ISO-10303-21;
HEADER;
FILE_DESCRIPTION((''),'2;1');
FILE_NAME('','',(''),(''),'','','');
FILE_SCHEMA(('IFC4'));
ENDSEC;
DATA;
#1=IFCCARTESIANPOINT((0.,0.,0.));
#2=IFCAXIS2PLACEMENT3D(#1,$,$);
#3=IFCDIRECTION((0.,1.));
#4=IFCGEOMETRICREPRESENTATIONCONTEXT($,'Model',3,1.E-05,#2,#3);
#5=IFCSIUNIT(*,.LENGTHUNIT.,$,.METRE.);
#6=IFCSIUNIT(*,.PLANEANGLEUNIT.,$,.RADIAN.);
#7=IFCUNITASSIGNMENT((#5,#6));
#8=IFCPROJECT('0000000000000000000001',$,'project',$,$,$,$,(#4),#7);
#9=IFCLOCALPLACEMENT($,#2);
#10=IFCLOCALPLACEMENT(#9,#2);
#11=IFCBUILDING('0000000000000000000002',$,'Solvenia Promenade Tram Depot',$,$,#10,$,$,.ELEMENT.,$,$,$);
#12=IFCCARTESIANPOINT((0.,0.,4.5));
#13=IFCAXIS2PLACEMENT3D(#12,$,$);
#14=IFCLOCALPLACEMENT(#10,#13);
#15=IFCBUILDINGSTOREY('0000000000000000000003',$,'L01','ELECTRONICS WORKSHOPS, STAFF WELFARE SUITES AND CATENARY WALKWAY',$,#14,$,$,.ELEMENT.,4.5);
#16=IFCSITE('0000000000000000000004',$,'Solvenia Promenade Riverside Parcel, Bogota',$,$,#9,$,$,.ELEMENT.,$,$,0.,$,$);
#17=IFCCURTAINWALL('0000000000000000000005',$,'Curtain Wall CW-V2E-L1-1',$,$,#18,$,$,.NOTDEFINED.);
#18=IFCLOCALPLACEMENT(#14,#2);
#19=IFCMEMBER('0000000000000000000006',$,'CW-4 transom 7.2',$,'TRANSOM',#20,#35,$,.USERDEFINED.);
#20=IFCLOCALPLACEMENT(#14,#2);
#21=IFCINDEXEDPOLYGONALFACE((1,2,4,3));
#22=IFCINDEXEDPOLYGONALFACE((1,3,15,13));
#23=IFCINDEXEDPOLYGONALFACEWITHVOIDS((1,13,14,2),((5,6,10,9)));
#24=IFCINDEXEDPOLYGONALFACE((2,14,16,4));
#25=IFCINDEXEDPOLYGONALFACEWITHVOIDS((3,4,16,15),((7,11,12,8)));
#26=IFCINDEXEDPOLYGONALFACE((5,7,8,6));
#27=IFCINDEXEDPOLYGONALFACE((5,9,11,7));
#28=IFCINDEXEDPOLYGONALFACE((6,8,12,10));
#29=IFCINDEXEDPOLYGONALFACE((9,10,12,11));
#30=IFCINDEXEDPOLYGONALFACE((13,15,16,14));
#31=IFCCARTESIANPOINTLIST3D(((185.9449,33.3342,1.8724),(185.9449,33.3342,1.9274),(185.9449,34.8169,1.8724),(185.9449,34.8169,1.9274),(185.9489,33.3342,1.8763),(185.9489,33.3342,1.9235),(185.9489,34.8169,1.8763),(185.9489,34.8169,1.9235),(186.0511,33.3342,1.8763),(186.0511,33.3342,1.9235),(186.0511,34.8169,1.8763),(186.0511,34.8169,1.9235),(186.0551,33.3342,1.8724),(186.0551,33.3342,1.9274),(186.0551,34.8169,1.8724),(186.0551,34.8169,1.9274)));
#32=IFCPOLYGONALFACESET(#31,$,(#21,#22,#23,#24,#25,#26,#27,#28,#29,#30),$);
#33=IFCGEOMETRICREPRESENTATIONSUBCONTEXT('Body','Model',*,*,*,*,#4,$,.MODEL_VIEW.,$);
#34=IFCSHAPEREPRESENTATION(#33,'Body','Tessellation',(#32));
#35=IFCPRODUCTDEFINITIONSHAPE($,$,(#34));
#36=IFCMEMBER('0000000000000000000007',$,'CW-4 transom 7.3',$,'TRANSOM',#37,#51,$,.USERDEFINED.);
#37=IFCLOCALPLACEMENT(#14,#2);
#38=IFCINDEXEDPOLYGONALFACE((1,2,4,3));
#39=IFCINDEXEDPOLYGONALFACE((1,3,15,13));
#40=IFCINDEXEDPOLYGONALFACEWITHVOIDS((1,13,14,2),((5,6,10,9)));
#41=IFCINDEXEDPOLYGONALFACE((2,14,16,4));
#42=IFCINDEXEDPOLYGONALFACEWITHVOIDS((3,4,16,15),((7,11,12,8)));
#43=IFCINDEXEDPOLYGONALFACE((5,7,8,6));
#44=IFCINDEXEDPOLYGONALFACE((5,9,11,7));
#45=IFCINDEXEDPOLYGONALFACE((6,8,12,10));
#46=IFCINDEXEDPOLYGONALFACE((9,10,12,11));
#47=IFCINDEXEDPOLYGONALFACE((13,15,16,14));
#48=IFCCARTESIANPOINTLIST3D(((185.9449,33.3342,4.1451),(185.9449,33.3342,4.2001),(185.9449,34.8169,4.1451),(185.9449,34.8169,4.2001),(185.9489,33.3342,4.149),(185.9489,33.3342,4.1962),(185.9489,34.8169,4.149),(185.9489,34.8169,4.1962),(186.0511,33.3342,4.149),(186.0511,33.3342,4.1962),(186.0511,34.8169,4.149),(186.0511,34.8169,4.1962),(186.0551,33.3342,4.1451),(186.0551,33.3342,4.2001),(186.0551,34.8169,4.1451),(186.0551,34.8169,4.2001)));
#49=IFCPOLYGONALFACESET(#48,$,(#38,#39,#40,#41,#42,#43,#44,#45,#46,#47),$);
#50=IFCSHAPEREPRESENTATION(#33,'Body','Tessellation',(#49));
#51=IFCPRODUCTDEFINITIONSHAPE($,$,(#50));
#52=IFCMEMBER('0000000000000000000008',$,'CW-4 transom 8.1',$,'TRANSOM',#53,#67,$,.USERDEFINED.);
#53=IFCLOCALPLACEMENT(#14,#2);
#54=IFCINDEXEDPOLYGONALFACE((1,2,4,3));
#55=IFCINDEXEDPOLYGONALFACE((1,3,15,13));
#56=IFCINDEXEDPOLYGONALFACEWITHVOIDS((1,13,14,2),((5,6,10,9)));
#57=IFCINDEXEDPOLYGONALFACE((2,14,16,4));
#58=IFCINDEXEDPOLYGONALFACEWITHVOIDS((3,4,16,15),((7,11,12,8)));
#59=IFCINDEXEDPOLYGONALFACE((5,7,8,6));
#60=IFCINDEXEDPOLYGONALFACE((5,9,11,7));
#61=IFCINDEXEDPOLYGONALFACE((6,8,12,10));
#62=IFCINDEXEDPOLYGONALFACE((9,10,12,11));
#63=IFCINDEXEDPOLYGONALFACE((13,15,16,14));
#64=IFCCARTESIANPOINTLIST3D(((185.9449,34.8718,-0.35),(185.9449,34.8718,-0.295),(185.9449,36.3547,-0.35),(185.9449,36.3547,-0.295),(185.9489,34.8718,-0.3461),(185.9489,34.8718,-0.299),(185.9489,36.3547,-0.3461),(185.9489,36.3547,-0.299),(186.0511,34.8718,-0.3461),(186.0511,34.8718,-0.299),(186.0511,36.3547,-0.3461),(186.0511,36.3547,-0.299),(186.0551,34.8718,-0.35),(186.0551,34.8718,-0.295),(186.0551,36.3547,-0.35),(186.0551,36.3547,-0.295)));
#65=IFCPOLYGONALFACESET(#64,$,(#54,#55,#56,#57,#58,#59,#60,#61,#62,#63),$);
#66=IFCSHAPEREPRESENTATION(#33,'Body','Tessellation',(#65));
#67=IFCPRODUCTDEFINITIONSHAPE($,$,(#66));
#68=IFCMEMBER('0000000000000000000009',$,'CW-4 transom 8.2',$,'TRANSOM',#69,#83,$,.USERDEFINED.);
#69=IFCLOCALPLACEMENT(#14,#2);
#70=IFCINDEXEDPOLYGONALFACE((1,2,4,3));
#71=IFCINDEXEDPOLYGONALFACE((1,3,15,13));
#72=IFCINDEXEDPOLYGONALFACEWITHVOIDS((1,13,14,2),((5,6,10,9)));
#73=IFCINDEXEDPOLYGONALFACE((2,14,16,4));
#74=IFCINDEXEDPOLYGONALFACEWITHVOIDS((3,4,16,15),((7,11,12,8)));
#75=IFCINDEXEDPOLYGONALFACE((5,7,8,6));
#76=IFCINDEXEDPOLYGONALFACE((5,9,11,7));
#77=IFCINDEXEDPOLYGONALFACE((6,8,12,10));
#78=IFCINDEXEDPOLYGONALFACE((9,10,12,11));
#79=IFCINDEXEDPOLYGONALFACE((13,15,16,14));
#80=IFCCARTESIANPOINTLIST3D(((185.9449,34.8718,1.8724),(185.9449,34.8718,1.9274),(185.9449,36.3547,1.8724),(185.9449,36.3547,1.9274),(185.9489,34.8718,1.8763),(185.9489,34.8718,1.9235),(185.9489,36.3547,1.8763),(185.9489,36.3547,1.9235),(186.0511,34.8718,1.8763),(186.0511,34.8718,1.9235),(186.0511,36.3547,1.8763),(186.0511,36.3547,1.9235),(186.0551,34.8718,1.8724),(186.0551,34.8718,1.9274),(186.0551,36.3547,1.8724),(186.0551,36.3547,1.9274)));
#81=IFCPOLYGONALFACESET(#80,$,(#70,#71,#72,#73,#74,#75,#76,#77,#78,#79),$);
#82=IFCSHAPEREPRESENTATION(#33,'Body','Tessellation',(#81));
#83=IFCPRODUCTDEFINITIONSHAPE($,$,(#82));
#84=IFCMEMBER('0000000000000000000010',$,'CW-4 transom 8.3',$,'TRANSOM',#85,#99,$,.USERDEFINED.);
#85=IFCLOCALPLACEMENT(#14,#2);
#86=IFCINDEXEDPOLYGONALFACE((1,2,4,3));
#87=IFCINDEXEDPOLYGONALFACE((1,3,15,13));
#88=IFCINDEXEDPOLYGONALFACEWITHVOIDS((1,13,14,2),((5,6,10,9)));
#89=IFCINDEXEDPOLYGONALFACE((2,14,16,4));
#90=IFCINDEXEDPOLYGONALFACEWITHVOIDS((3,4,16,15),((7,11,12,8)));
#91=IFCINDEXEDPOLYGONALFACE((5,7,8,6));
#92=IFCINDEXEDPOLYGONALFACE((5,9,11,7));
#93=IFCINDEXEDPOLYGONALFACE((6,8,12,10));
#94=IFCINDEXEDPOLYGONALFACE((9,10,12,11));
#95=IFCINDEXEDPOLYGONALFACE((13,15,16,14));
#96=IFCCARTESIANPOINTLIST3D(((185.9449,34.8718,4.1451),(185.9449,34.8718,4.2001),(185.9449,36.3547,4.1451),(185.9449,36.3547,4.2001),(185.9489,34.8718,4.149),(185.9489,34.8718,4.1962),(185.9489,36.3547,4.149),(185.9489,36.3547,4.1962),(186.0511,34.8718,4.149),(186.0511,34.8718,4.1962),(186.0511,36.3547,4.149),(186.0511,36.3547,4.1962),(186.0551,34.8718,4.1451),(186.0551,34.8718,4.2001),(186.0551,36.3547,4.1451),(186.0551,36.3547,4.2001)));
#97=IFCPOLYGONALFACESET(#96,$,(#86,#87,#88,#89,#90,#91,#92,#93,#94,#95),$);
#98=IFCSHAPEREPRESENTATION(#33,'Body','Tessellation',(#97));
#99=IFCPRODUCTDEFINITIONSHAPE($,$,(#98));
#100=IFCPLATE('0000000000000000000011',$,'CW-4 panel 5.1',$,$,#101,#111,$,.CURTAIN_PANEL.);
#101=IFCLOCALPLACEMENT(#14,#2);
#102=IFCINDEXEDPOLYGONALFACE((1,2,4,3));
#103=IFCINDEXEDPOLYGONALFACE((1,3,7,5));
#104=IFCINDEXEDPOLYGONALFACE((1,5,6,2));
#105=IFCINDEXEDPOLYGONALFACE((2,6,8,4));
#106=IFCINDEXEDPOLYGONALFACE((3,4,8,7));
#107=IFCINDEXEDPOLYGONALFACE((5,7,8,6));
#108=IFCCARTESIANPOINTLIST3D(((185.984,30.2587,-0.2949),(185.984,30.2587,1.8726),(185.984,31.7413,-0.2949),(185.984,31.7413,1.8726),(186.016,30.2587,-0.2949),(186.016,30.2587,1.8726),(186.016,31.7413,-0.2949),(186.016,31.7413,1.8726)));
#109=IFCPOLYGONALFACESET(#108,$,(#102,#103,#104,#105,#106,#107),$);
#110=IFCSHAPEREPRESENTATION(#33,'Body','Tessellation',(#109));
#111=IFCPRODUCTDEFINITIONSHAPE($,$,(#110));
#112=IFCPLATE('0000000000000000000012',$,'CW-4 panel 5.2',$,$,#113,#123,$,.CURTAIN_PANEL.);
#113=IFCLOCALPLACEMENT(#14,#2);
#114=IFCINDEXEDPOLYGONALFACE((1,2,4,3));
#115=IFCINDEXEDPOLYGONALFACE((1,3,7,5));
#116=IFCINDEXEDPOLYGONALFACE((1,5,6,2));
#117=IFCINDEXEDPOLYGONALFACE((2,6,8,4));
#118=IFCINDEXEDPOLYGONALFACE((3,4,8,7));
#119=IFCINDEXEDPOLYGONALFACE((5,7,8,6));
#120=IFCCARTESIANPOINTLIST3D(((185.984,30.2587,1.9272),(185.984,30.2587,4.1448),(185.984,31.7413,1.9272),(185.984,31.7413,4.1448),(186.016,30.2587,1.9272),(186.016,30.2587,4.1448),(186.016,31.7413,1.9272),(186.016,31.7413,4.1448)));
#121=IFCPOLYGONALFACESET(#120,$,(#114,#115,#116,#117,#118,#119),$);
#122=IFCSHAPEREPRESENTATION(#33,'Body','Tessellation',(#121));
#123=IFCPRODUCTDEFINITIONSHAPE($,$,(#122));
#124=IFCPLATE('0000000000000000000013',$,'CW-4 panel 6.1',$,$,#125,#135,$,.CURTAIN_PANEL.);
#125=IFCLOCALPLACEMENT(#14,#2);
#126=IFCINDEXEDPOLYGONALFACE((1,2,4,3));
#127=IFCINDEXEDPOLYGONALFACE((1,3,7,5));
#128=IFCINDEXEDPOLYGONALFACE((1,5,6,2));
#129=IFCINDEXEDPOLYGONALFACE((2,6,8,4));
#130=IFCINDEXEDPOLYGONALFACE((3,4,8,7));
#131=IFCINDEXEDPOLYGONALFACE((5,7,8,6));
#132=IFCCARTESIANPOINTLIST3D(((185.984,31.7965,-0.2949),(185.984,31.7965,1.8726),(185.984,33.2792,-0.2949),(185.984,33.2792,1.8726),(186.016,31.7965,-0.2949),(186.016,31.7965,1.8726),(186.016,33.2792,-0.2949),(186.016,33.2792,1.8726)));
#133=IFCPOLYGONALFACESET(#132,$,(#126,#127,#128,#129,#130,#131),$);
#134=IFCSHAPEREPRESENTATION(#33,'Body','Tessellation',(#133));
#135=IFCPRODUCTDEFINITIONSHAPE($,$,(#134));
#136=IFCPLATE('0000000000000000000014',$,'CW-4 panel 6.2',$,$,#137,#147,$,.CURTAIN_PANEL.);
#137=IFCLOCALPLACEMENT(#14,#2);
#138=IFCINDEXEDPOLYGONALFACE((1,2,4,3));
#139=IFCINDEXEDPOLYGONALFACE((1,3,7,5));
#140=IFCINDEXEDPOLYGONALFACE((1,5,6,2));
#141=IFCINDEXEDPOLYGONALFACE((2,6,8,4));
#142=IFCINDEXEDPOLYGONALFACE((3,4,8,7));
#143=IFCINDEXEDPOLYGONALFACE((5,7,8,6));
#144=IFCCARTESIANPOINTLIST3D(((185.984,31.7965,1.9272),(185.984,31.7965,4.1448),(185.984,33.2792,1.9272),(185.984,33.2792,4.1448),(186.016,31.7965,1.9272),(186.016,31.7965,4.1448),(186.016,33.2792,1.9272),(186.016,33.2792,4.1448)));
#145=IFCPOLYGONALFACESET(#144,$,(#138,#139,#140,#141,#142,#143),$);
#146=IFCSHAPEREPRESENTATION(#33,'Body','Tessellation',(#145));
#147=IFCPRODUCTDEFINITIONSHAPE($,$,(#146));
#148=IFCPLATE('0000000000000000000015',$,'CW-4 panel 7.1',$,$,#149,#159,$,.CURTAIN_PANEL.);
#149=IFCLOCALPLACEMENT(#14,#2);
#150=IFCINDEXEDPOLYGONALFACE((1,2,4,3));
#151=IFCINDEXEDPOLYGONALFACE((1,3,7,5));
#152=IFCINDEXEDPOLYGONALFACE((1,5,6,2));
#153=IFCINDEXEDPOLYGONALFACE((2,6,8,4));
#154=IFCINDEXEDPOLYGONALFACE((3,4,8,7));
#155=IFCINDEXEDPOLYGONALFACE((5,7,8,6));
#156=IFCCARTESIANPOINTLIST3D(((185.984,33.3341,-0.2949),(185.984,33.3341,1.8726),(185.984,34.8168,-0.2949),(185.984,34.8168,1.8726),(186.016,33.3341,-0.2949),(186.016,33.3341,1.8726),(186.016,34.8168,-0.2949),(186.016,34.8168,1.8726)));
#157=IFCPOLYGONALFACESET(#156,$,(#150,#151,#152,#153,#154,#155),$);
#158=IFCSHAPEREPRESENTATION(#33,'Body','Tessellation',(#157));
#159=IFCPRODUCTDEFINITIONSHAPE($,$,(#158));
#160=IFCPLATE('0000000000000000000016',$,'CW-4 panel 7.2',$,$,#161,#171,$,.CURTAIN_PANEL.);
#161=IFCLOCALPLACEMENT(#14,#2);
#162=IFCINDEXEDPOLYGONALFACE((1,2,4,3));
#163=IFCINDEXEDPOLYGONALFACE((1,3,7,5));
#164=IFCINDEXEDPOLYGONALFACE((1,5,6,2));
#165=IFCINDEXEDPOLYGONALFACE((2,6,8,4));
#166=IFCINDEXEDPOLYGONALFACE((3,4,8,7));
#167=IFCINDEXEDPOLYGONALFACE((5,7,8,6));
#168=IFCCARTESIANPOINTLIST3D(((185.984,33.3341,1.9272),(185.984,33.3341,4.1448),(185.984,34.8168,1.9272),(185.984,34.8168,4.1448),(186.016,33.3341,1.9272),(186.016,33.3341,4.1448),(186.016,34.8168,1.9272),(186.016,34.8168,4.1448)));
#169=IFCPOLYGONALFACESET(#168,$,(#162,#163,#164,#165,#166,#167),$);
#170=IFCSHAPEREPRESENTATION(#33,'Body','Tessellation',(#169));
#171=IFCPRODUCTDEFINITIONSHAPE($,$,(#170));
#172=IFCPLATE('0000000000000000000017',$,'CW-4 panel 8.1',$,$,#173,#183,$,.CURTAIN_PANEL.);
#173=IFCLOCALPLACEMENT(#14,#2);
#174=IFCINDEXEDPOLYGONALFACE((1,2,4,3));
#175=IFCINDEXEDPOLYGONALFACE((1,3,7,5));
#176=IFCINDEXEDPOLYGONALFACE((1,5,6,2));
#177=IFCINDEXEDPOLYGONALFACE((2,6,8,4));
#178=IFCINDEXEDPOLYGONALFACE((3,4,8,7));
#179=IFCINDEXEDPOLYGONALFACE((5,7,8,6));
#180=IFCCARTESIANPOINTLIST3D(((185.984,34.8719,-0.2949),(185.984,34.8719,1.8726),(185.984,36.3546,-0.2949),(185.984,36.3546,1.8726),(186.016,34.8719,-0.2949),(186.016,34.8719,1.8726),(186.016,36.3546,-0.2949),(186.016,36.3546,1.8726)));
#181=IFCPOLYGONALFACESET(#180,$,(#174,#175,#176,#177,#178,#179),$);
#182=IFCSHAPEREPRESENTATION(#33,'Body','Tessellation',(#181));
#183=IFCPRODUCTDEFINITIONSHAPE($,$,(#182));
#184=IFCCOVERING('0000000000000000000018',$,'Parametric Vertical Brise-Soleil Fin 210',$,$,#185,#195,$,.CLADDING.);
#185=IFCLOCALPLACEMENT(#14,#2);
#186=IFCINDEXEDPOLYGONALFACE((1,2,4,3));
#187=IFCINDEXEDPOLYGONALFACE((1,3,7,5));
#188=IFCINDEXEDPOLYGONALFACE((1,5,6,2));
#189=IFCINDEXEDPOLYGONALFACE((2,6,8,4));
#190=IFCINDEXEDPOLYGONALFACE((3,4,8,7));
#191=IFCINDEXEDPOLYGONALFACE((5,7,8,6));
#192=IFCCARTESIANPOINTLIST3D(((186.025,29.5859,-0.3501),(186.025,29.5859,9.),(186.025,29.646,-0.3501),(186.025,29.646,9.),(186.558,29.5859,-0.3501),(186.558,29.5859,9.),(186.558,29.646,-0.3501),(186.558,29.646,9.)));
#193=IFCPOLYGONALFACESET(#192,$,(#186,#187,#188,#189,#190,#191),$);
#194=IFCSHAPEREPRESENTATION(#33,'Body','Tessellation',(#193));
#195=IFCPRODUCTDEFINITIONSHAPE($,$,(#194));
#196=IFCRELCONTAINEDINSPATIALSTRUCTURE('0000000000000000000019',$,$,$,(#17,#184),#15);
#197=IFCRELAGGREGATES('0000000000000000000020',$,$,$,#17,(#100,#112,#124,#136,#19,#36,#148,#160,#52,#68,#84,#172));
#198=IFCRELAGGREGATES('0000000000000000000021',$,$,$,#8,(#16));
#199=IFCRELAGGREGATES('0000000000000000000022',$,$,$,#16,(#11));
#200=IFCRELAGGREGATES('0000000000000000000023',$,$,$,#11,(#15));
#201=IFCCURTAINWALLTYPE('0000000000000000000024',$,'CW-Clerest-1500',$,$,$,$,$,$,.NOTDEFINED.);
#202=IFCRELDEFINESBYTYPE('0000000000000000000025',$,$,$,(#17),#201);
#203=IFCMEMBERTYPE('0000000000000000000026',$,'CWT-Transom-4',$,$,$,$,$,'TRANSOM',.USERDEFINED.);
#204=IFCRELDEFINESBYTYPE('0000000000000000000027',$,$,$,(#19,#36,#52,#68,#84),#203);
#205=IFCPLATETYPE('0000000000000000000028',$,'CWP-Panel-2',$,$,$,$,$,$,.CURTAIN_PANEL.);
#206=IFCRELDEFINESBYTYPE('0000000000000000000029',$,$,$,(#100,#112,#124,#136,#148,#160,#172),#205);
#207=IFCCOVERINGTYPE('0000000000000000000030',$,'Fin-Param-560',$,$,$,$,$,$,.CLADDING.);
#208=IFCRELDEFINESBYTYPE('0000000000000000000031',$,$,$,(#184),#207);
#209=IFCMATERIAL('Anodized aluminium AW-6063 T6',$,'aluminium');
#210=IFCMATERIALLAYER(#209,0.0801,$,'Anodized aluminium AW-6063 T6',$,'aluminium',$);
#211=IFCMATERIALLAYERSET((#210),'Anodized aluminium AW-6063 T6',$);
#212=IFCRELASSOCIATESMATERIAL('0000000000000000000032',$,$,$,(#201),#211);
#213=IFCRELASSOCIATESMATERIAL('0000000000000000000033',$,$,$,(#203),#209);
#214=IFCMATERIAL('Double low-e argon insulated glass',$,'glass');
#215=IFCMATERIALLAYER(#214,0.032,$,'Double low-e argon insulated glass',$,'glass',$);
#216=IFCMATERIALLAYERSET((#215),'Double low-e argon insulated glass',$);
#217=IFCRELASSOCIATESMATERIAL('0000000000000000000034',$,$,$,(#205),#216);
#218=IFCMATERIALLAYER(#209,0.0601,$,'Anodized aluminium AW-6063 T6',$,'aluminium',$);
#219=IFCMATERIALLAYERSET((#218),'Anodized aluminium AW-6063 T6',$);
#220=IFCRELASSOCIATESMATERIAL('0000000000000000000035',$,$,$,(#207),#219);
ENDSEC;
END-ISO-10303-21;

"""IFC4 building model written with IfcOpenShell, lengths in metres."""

from ifc_helpers import new_model, si_unit, direction, frame, origin, origin_2d, place, context, subcontext, project, spatial, rectangle, hollow_rectangle, extrude, material, layer, layer_set, material_profile, profile_set, type_object, element, aggregate, save


model = new_model("IFC4")

# Units and contexts
model_context = context("Model", 3, precision=1e-05, world=origin(), true_north=direction((0.0, 1.0)))
body_context = subcontext(model_context, "Body", "Model", "MODEL_VIEW")
ifc_project = project(units=[si_unit("LENGTHUNIT", "METRE"), si_unit("PLANEANGLEUNIT", "RADIAN")], contexts=[model_context])

# Site, building, storey
site_placement = place(None, origin())
site = spatial("IfcSite", under=ifc_project, at=site_placement, Name="Solvenia Promenade Riverside Parcel, Bogota", CompositionType="ELEMENT", RefElevation=0.0)
building_placement = place(site_placement, origin())
building = spatial("IfcBuilding", under=site, at=building_placement, Name="Solvenia Promenade Tram Depot", CompositionType="ELEMENT")
storey_placement = place(building_placement, frame((0.0, 0.0, 4.5)))
storey = spatial("IfcBuildingStorey", under=building, at=storey_placement, Name="L01", Description="ELECTRONICS WORKSHOPS, STAFF WELFARE SUITES AND CATENARY WALKWAY", CompositionType="ELEMENT", Elevation=4.5)

# Curtain wall, members, plates
ifc_material_1 = material(Name="Anodized aluminium AW-6063 T6", Category="aluminium")
ifc_layer_1 = layer(ifc_material_1, 0.0801, Name="Anodized aluminium AW-6063 T6", Category="aluminium")
ifc_layer_set_1 = layer_set([ifc_layer_1], Name="Anodized aluminium AW-6063 T6")
curtain_wall_type = type_object("IfcCurtainWallType", Name="CW-Clerest-1500", PredefinedType="NOTDEFINED", material=ifc_layer_set_1)
curtain_wall_placement = place(storey_placement, origin())
curtain_wall = element("IfcCurtainWall", 1, at=curtain_wall_placement, inside=storey, type_object=curtain_wall_type, Name="Curtain Wall CW-V2E-L1-1", PredefinedType="NOTDEFINED")
ifc_material_profile_1 = material_profile(ifc_material_1, hollow_rectangle(XDim=0.1101, YDim=0.0549, WallThickness=0.0039, at=origin_2d()), Name="ALU-T4", Category="aluminium")
ifc_profile_set_1 = profile_set([ifc_material_profile_1], Name="Anodized aluminium AW-6063 T6")
member_type_1 = type_object("IfcMemberType", Name="CWT-Transom-4", ElementType="TRANSOM", PredefinedType="USERDEFINED", material=ifc_profile_set_1)
member_1_placement = place(storey_placement, frame((186.0, 33.3342, 1.8999), z_axis=(0.0, 1.0, 0.0), x_axis=(-1.0, 0.0, 0.0)))
member_1 = element("IfcMember", 2, at=member_1_placement, type_object=member_type_1, Name="CW-4 transom 7.2", ObjectType="TRANSOM", PredefinedType="USERDEFINED", context=body_context, shape_type="SweptSolid", body=[
    extrude(hollow_rectangle(XDim=0.1101, YDim=0.0549, WallThickness=0.0039, at=origin_2d()), origin(), (0.0, 0.0, 1.0), 1.4827),
])
member_2_placement = place(storey_placement, frame((186.0, 33.3342, 4.1726), z_axis=(0.0, 1.0, 0.0), x_axis=(-1.0, 0.0, 0.0)))
member_2 = element("IfcMember", 3, at=member_2_placement, type_object=member_type_1, Name="CW-4 transom 7.3", ObjectType="TRANSOM", PredefinedType="USERDEFINED", context=body_context, shape_type="SweptSolid", body=[
    extrude(hollow_rectangle(XDim=0.1101, YDim=0.0549, WallThickness=0.0039, at=origin_2d()), origin(), (0.0, 0.0, 1.0), 1.4827),
])
member_3_placement = place(storey_placement, frame((186.0, 34.8718, -0.3225), z_axis=(0.0, 1.0, 0.0), x_axis=(-1.0, 0.0, 0.0)))
member_3 = element("IfcMember", 4, at=member_3_placement, type_object=member_type_1, Name="CW-4 transom 8.1", ObjectType="TRANSOM", PredefinedType="USERDEFINED", context=body_context, shape_type="SweptSolid", body=[
    extrude(hollow_rectangle(XDim=0.1101, YDim=0.0549, WallThickness=0.0039, at=origin_2d()), origin(), (0.0, 0.0, 1.0), 1.4829),
])
member_4_placement = place(storey_placement, frame((186.0, 34.8718, 1.8999), z_axis=(0.0, 1.0, 0.0), x_axis=(-1.0, 0.0, 0.0)))
member_4 = element("IfcMember", 5, at=member_4_placement, type_object=member_type_1, Name="CW-4 transom 8.2", ObjectType="TRANSOM", PredefinedType="USERDEFINED", context=body_context, shape_type="SweptSolid", body=[
    extrude(hollow_rectangle(XDim=0.1101, YDim=0.0549, WallThickness=0.0039, at=origin_2d()), origin(), (0.0, 0.0, 1.0), 1.4829),
])
member_5_placement = place(storey_placement, frame((186.0, 34.8718, 4.1726), z_axis=(0.0, 1.0, 0.0), x_axis=(-1.0, 0.0, 0.0)))
member_5 = element("IfcMember", 6, at=member_5_placement, type_object=member_type_1, Name="CW-4 transom 8.3", ObjectType="TRANSOM", PredefinedType="USERDEFINED", context=body_context, shape_type="SweptSolid", body=[
    extrude(hollow_rectangle(XDim=0.1101, YDim=0.0549, WallThickness=0.0039, at=origin_2d()), origin(), (0.0, 0.0, 1.0), 1.4829),
])
ifc_material_2 = material(Name="Double low-e argon insulated glass", Category="glass")
ifc_layer_2 = layer(ifc_material_2, 0.032, Name="Double low-e argon insulated glass", Category="glass")
ifc_layer_set_2 = layer_set([ifc_layer_2], Name="Double low-e argon insulated glass")
plate_type = type_object("IfcPlateType", Name="CWP-Panel-2", PredefinedType="CURTAIN_PANEL", material=ifc_layer_set_2)
plate_1_placement = place(storey_placement, frame((186.0, 31.0, -0.2949), z_axis=(0.0, 0.0, 1.0), x_axis=(0.0, 1.0, 0.0)))
plate_1 = element("IfcPlate", 7, at=plate_1_placement, type_object=plate_type, Name="CW-4 panel 5.1", PredefinedType="CURTAIN_PANEL", context=body_context, shape_type="SweptSolid", body=[
    extrude(rectangle(XDim=1.4827, YDim=0.032, at=origin_2d()), origin(), (0.0, 0.0, 1.0), 2.1675),
])
plate_2_placement = place(storey_placement, frame((186.0, 31.0, 1.9272), z_axis=(0.0, 0.0, 1.0), x_axis=(0.0, 1.0, 0.0)))
plate_2 = element("IfcPlate", 8, at=plate_2_placement, type_object=plate_type, Name="CW-4 panel 5.2", PredefinedType="CURTAIN_PANEL", context=body_context, shape_type="SweptSolid", body=[
    extrude(rectangle(XDim=1.4827, YDim=0.032, at=origin_2d()), origin(), (0.0, 0.0, 1.0), 2.2175),
])
plate_3_placement = place(storey_placement, frame((186.0, 32.5378, -0.2949), z_axis=(0.0, 0.0, 1.0), x_axis=(0.0, 1.0, 0.0)))
plate_3 = element("IfcPlate", 9, at=plate_3_placement, type_object=plate_type, Name="CW-4 panel 6.1", PredefinedType="CURTAIN_PANEL", context=body_context, shape_type="SweptSolid", body=[
    extrude(rectangle(XDim=1.4827, YDim=0.032, at=origin_2d()), origin(), (0.0, 0.0, 1.0), 2.1675),
])
plate_4_placement = place(storey_placement, frame((186.0, 32.5378, 1.9272), z_axis=(0.0, 0.0, 1.0), x_axis=(0.0, 1.0, 0.0)))
plate_4 = element("IfcPlate", 10, at=plate_4_placement, type_object=plate_type, Name="CW-4 panel 6.2", PredefinedType="CURTAIN_PANEL", context=body_context, shape_type="SweptSolid", body=[
    extrude(rectangle(XDim=1.4827, YDim=0.032, at=origin_2d()), origin(), (0.0, 0.0, 1.0), 2.2175),
])
plate_5_placement = place(storey_placement, frame((186.0, 34.0754, -0.2949), z_axis=(0.0, 0.0, 1.0), x_axis=(0.0, 1.0, 0.0)))
plate_5 = element("IfcPlate", 11, at=plate_5_placement, type_object=plate_type, Name="CW-4 panel 7.1", PredefinedType="CURTAIN_PANEL", context=body_context, shape_type="SweptSolid", body=[
    extrude(rectangle(XDim=1.4827, YDim=0.032, at=origin_2d()), origin(), (0.0, 0.0, 1.0), 2.1675),
])
plate_6_placement = place(storey_placement, frame((186.0, 34.0754, 1.9272), z_axis=(0.0, 0.0, 1.0), x_axis=(0.0, 1.0, 0.0)))
plate_6 = element("IfcPlate", 12, at=plate_6_placement, type_object=plate_type, Name="CW-4 panel 7.2", PredefinedType="CURTAIN_PANEL", context=body_context, shape_type="SweptSolid", body=[
    extrude(rectangle(XDim=1.4827, YDim=0.032, at=origin_2d()), origin(), (0.0, 0.0, 1.0), 2.2175),
])
plate_7_placement = place(storey_placement, frame((186.0, 35.6133, -0.2949), z_axis=(0.0, 0.0, 1.0), x_axis=(0.0, 1.0, 0.0)))
plate_7 = element("IfcPlate", 13, at=plate_7_placement, type_object=plate_type, Name="CW-4 panel 8.1", PredefinedType="CURTAIN_PANEL", context=body_context, shape_type="SweptSolid", body=[
    extrude(rectangle(XDim=1.4827, YDim=0.032, at=origin_2d()), origin(), (0.0, 0.0, 1.0), 2.1675),
])
aggregate(curtain_wall, [plate_1, plate_2, plate_3, plate_4, member_1, member_2, plate_5, plate_6, member_3, member_4, member_5, plate_7])

# Covering
ifc_layer_3 = layer(ifc_material_1, 0.0601, Name="Anodized aluminium AW-6063 T6", Category="aluminium")
ifc_layer_set_3 = layer_set([ifc_layer_3], Name="Anodized aluminium AW-6063 T6")
covering_type = type_object("IfcCoveringType", Name="Fin-Param-560", PredefinedType="CLADDING", material=ifc_layer_set_3)
covering_1_placement = place(storey_placement, frame((186.2915, 29.616, -0.3501), z_axis=(0.0, 0.0, 1.0), x_axis=(0.0, 1.0, 0.0)))
element("IfcCovering", 14, at=covering_1_placement, inside=storey, type_object=covering_type, Name="Parametric Vertical Brise-Soleil Fin 210", PredefinedType="CLADDING", context=body_context, shape_type="SweptSolid", body=[
    extrude(rectangle(XDim=0.0601, YDim=0.533, at=origin_2d()), origin(), (0.0, 0.0, 1.0), 9.3501),
])

save(model, "model.ifc")
